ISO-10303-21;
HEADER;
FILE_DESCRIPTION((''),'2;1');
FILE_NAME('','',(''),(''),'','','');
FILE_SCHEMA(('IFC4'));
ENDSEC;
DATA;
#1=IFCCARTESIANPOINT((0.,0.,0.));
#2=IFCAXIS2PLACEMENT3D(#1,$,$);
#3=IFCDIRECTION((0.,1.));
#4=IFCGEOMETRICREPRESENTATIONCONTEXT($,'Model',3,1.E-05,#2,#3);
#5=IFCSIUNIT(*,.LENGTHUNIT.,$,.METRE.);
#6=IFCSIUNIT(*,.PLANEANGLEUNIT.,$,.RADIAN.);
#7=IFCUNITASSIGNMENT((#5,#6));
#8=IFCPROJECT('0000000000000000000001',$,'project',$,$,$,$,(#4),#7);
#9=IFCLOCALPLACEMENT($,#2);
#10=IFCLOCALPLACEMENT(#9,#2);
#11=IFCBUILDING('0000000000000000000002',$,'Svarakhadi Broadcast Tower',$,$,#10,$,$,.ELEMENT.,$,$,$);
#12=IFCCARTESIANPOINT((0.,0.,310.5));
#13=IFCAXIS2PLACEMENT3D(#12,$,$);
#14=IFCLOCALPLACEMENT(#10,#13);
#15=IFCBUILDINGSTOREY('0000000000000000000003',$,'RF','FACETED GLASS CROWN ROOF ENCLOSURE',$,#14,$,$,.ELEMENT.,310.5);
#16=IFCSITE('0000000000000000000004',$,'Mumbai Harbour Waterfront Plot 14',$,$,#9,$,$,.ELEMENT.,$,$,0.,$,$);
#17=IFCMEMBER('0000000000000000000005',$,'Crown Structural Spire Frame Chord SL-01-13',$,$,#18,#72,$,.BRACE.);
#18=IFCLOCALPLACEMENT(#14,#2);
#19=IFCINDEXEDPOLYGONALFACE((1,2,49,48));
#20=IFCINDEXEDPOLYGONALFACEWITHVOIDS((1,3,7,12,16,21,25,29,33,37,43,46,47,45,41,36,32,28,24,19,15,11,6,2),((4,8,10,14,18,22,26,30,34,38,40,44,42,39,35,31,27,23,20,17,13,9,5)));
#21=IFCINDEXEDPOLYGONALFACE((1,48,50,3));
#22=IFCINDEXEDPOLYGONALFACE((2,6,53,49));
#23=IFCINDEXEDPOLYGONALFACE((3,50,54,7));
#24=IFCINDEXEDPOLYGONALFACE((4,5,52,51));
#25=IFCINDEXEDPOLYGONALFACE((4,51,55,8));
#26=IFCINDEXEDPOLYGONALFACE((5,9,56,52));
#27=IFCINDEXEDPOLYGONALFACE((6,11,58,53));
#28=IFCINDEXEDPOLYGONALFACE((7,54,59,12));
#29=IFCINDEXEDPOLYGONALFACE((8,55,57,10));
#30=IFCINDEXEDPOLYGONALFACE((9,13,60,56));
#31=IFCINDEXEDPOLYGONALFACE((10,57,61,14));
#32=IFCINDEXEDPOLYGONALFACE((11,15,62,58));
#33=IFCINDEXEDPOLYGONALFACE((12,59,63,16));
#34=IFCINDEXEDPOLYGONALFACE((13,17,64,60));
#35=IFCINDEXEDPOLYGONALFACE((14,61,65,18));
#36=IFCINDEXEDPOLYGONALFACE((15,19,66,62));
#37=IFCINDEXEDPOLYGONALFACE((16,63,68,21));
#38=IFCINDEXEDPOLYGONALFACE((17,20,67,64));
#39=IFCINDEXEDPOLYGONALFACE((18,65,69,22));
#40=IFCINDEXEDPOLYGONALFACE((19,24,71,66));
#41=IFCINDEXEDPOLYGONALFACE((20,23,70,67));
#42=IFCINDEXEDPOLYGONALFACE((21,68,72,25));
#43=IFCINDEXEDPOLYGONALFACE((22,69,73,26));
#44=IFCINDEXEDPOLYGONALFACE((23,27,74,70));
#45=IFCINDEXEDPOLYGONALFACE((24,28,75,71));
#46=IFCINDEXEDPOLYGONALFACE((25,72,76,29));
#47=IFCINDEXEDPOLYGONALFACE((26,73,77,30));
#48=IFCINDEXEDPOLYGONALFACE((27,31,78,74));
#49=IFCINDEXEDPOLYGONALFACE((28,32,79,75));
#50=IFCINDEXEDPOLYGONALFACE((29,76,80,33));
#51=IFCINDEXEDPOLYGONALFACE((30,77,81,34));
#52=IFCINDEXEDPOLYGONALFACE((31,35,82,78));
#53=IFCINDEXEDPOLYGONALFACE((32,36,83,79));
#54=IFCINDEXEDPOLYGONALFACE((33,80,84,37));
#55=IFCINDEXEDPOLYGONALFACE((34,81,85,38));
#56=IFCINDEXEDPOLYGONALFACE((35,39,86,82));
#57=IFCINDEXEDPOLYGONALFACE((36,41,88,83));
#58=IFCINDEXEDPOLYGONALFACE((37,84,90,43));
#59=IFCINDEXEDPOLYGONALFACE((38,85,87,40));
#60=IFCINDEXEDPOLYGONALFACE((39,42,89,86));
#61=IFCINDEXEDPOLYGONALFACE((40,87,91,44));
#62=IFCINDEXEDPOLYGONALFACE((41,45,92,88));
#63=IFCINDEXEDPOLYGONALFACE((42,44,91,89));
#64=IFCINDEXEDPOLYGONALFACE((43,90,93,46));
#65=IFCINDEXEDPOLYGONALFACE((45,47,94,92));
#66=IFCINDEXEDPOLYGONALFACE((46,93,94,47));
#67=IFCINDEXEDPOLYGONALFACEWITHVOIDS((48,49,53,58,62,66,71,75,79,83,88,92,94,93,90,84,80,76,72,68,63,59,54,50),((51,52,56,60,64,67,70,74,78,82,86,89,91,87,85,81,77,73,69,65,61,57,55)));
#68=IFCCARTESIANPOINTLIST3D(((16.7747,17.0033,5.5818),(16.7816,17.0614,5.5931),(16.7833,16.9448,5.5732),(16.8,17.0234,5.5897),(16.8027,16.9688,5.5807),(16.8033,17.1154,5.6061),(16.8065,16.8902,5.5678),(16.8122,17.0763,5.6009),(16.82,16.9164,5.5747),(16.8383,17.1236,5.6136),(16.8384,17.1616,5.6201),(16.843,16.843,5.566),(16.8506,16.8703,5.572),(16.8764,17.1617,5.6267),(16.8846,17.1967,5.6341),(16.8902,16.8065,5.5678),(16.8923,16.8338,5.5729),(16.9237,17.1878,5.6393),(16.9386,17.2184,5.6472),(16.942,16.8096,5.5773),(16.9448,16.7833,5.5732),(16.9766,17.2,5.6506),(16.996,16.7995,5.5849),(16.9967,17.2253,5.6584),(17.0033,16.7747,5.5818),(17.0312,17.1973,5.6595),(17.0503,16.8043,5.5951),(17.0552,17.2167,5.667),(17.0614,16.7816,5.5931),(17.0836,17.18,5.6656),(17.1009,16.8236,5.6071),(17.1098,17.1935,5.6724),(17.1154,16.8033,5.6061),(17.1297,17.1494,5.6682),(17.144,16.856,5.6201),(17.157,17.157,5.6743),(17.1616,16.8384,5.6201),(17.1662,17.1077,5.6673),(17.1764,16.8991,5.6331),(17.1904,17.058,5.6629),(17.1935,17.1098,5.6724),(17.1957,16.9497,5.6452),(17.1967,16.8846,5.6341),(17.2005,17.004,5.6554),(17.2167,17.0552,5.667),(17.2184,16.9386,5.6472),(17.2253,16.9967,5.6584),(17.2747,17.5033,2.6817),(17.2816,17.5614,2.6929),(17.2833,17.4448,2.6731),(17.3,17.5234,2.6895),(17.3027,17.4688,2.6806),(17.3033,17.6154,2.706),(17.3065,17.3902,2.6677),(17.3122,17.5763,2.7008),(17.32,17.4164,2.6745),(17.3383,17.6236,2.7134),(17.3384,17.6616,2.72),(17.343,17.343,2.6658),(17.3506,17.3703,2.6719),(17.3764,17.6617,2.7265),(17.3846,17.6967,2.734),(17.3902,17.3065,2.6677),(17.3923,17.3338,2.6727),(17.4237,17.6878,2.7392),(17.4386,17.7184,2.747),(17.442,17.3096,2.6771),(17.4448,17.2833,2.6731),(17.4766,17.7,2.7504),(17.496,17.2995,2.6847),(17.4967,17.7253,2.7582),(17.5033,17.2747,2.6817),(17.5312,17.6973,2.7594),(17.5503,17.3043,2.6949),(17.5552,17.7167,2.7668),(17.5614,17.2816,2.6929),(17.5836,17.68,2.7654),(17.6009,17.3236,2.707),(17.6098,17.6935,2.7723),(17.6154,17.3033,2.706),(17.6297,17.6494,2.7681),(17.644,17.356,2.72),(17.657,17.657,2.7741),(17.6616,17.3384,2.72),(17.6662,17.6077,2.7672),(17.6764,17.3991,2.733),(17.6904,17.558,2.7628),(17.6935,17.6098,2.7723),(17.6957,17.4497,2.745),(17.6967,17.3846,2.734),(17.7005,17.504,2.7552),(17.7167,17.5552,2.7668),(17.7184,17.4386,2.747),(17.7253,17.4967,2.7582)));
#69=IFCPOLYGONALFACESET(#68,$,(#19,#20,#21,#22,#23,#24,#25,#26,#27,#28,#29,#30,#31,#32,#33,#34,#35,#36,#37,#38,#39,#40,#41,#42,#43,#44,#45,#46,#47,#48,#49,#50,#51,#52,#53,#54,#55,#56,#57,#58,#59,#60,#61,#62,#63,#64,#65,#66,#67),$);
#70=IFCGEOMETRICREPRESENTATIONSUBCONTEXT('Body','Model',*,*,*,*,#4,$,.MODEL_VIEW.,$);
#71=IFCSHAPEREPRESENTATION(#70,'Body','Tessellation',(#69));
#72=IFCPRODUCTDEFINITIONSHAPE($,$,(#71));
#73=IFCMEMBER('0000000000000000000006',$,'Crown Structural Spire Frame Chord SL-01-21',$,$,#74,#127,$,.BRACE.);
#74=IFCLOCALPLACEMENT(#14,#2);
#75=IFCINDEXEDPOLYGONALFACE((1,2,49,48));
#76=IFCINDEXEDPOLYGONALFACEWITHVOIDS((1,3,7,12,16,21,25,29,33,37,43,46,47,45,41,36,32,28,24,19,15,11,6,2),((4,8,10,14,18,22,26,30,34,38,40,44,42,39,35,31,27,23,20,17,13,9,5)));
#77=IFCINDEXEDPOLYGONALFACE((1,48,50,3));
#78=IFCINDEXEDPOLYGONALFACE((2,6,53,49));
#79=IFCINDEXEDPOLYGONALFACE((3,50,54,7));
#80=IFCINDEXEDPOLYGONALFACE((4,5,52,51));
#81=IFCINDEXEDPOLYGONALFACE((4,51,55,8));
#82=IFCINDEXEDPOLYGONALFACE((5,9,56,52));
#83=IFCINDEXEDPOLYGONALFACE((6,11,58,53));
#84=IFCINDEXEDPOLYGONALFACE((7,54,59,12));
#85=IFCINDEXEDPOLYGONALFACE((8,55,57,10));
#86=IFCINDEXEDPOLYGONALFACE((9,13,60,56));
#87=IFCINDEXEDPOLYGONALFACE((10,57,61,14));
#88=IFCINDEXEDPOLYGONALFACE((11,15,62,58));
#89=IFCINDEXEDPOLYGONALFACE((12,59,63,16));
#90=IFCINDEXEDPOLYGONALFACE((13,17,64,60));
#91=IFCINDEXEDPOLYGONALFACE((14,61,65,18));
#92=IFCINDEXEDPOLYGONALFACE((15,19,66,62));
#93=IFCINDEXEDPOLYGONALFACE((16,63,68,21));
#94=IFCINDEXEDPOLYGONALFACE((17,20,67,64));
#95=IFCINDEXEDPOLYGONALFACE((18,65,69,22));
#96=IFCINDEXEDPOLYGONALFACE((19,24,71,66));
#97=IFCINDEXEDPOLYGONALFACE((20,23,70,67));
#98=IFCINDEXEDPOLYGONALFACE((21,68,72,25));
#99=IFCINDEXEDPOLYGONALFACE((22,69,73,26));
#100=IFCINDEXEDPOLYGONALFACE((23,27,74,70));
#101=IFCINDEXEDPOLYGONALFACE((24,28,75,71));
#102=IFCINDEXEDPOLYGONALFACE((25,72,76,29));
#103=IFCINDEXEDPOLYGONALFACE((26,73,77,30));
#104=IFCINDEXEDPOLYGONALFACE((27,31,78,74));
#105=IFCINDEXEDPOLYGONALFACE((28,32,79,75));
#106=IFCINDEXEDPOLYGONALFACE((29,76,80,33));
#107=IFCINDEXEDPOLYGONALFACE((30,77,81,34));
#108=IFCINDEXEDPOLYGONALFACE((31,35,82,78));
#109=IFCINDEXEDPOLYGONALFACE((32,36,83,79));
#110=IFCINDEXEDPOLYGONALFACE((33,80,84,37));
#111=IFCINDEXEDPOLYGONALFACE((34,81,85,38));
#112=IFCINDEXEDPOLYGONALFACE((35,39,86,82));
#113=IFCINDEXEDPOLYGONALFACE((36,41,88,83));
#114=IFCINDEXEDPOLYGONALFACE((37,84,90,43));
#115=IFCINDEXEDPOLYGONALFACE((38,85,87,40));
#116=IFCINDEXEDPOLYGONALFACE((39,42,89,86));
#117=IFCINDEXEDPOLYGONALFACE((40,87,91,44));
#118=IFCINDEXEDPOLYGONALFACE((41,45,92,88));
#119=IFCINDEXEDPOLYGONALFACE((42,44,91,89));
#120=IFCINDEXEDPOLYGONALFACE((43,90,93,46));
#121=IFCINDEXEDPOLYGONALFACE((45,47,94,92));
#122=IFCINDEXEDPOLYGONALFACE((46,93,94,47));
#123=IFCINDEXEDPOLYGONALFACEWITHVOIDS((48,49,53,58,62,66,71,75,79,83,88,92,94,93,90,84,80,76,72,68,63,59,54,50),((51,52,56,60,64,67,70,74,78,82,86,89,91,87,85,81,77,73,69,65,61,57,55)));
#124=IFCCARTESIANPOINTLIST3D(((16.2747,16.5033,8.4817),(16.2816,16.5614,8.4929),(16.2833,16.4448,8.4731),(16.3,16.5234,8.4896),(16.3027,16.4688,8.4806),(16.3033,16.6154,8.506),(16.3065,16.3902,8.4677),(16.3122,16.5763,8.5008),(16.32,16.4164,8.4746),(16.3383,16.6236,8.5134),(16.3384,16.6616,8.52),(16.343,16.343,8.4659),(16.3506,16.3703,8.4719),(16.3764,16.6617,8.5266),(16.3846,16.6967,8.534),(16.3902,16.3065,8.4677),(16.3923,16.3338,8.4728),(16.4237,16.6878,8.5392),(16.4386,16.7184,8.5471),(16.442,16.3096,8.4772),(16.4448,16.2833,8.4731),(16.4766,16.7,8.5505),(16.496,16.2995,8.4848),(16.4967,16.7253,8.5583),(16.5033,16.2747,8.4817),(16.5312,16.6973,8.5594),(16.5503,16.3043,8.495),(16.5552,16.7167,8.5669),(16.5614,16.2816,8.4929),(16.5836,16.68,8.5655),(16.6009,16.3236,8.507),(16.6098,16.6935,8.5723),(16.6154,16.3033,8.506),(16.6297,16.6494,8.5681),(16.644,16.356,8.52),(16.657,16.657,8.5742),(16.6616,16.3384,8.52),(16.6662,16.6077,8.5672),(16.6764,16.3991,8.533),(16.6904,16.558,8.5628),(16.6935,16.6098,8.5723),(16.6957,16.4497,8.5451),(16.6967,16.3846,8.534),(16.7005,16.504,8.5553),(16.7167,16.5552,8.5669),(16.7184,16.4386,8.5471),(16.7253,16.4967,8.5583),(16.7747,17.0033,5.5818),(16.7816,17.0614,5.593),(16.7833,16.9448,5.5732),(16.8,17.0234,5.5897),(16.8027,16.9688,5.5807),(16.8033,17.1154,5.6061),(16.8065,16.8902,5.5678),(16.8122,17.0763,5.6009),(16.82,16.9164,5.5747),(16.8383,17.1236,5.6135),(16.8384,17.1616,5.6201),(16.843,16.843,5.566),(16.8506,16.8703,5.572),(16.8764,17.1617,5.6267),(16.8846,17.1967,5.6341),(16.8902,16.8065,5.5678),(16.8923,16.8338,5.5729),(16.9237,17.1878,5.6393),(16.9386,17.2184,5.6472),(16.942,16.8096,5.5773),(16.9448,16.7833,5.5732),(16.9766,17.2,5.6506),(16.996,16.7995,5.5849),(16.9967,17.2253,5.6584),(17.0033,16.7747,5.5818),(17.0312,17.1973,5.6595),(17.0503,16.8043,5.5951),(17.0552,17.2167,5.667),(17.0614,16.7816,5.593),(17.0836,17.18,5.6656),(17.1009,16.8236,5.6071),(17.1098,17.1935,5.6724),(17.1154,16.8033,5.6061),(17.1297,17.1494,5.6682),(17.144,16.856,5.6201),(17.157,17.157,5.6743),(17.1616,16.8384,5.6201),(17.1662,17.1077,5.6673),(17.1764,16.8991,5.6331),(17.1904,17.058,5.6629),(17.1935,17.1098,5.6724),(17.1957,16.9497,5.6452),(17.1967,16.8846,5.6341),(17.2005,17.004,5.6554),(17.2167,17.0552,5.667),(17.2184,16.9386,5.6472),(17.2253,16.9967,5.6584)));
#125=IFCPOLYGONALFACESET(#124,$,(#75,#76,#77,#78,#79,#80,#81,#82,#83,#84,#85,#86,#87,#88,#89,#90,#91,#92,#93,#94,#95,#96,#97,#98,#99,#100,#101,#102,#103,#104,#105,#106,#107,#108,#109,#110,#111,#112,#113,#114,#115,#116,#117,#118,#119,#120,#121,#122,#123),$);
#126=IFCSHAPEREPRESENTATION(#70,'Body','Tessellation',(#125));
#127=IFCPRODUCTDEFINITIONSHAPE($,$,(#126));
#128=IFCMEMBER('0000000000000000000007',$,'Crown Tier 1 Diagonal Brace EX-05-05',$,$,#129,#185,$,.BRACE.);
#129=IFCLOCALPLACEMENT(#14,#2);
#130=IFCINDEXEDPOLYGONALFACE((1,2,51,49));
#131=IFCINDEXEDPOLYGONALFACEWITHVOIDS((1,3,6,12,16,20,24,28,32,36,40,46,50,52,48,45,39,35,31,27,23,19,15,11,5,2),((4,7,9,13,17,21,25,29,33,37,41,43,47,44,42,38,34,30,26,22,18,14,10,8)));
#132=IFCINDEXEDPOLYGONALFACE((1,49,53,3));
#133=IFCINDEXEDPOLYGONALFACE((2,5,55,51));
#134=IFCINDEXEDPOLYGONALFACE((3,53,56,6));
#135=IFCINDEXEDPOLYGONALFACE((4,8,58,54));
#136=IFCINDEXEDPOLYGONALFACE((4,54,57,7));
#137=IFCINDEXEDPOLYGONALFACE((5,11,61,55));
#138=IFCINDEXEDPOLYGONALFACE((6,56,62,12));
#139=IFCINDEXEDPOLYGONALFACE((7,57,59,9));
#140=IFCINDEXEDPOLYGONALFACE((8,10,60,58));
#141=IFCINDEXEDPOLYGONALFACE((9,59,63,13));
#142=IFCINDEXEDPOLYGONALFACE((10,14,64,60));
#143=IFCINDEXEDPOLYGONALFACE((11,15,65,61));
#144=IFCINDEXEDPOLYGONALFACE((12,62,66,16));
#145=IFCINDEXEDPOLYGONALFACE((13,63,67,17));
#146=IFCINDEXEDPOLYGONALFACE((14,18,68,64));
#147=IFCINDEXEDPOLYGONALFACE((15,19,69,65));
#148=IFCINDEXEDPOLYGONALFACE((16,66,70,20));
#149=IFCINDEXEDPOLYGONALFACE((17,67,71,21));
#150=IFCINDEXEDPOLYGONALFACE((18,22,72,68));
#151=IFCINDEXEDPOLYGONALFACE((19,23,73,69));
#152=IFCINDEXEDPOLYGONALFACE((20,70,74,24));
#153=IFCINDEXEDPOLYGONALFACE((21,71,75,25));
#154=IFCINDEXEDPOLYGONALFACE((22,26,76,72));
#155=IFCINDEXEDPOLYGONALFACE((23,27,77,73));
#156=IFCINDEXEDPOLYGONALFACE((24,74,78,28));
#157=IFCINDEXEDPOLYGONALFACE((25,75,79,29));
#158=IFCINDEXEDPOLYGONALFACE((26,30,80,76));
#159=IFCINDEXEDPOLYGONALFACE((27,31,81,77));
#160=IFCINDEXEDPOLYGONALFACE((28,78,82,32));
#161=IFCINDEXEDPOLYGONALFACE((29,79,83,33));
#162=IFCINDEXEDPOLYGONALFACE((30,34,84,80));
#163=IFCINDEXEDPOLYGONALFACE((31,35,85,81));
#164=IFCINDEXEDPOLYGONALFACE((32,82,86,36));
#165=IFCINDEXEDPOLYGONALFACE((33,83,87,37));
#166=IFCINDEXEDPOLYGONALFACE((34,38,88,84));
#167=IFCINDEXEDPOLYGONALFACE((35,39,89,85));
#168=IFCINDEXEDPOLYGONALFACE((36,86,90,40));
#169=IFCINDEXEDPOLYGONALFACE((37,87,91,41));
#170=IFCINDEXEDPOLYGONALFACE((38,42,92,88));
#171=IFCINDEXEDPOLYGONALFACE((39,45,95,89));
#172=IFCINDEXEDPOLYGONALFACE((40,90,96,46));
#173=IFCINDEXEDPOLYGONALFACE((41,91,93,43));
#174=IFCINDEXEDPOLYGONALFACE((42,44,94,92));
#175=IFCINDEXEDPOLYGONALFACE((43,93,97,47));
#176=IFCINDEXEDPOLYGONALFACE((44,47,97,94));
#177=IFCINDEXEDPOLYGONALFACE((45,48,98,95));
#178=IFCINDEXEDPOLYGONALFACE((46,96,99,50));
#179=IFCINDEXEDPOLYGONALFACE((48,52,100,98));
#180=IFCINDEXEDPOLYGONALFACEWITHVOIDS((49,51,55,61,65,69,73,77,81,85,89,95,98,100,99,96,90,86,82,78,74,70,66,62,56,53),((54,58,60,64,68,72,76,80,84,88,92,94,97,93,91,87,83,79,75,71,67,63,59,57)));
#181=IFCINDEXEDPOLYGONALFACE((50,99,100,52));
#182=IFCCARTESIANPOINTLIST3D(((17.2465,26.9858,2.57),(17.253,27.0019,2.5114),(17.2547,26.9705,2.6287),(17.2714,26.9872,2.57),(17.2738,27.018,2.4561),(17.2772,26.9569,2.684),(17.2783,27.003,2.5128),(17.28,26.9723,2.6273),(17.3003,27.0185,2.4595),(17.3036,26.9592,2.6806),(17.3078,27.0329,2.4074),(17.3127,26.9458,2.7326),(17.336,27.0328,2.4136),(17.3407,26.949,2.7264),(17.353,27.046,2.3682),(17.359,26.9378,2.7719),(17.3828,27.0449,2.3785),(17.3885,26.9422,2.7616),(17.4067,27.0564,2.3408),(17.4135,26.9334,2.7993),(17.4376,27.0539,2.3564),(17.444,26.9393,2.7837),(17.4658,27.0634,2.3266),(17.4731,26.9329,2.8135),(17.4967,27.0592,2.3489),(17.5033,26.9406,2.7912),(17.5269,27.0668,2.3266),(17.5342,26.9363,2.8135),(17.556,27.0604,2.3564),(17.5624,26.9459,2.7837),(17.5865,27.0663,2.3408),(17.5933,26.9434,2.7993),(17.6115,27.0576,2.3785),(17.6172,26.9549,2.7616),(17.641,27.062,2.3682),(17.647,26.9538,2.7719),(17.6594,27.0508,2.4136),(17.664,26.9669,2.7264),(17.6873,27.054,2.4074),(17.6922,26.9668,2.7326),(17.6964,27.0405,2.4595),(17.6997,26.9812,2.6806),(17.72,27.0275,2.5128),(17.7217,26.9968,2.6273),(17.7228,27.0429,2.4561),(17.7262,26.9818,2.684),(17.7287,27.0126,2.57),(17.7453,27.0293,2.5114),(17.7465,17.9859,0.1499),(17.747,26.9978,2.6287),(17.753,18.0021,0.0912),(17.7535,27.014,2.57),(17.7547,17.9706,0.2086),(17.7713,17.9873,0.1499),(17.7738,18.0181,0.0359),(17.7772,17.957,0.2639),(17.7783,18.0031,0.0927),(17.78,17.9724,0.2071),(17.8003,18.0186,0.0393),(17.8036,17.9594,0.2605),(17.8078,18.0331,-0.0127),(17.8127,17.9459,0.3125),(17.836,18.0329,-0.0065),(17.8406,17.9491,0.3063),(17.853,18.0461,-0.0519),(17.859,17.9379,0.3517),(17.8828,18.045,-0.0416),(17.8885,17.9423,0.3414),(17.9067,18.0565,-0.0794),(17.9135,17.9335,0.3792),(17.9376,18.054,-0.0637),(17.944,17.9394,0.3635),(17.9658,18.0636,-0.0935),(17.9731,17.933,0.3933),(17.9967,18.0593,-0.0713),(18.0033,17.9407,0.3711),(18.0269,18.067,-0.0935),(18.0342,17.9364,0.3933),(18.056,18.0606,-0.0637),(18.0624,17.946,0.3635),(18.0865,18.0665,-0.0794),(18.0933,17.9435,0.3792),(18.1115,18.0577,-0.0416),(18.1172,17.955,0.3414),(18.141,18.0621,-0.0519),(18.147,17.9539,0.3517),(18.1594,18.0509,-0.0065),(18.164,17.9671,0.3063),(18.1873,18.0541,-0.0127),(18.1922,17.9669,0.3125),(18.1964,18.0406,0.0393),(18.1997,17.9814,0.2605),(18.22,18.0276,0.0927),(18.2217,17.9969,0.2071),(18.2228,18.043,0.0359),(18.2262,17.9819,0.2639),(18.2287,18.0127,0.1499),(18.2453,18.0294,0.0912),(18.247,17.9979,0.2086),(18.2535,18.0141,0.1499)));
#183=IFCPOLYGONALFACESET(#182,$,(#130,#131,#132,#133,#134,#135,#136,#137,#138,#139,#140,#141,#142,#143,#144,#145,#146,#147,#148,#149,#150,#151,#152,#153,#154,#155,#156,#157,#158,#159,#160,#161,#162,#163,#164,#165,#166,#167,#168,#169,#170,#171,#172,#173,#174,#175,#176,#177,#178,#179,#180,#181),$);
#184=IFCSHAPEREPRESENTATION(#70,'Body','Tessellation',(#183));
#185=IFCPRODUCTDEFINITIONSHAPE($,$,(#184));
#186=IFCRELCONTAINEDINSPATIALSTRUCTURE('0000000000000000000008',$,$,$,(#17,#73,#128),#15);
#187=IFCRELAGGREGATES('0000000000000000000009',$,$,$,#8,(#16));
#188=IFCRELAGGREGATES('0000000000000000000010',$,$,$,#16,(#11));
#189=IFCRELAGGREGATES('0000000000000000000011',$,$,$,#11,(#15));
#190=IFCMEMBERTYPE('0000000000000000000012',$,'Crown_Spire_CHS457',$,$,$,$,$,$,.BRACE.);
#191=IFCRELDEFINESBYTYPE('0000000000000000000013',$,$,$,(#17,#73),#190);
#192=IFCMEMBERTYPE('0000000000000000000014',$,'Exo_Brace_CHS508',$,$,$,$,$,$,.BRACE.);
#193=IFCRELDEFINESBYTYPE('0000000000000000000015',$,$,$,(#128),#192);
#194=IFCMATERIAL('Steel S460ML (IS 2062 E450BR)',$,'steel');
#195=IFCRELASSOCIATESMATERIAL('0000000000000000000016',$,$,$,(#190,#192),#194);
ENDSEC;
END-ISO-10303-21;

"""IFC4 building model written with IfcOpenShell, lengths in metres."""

from ifc_helpers import new_model, si_unit, direction, frame, origin, origin_2d, place, context, subcontext, project, spatial, hollow_circle, extrude, material, material_profile, profile_set, type_object, element, save


model = new_model("IFC4")

# Units and contexts
model_context = context("Model", 3, precision=1e-05, world=origin(), true_north=direction((0.0, 1.0)))
body_context = subcontext(model_context, "Body", "Model", "MODEL_VIEW")
ifc_project = project(units=[si_unit("LENGTHUNIT", "METRE"), si_unit("PLANEANGLEUNIT", "RADIAN")], contexts=[model_context])

# Site, building, storey
site_placement = place(None, origin())
site = spatial("IfcSite", under=ifc_project, at=site_placement, Name="Mumbai Harbour Waterfront Plot 14", CompositionType="ELEMENT", RefElevation=0.0)
building_placement = place(site_placement, origin())
building = spatial("IfcBuilding", under=site, at=building_placement, Name="Svarakhadi Broadcast Tower", CompositionType="ELEMENT")
storey_placement = place(building_placement, frame((0.0, 0.0, 310.5)))
storey = spatial("IfcBuildingStorey", under=building, at=storey_placement, Name="RF", Description="FACETED GLASS CROWN ROOF ENCLOSURE", CompositionType="ELEMENT", Elevation=310.5)

# Members
ifc_material_1 = material(Name="Steel S460ML (IS 2062 E450BR)", Category="steel")
ifc_material_profile_1 = material_profile(ifc_material_1, hollow_circle(Radius=0.2285, WallThickness=0.0249, at=origin_2d()), Name="CHS 457x25")
ifc_profile_set_1 = profile_set([ifc_material_profile_1], Name="Steel S460ML (IS 2062 E450BR)")
member_type_1 = type_object("IfcMemberType", Name="Crown_Spire_CHS457", PredefinedType="BRACE", material=ifc_profile_set_1)
member_1_placement = place(storey_placement, frame((17.5, 17.5, 2.72), z_axis=(-0.167498, -0.167498, 0.971539), x_axis=(0.707107, -0.707107, 0.0)))
element("IfcMember", 1, at=member_1_placement, inside=storey, type_object=member_type_1, Name="Crown Structural Spire Frame Chord SL-01-13", PredefinedType="BRACE", context=body_context, shape_type="SweptSolid", body=[
    extrude(hollow_circle(Radius=0.2285, WallThickness=0.0249, at=origin_2d()), origin(), (0.0, 0.0, 1.0), 2.9851),
])
member_2_placement = place(storey_placement, frame((17.0, 17.0, 5.6201), z_axis=(-0.167512, -0.167512, 0.971535), x_axis=(0.707107, -0.707107, 0.0)))
element("IfcMember", 2, at=member_2_placement, inside=storey, type_object=member_type_1, Name="Crown Structural Spire Frame Chord SL-01-21", PredefinedType="BRACE", context=body_context, shape_type="SweptSolid", body=[
    extrude(hollow_circle(Radius=0.2285, WallThickness=0.0249, at=origin_2d()), origin(), (0.0, 0.0, 1.0), 2.9849),
])
ifc_material_profile_2 = material_profile(ifc_material_1, hollow_circle(Radius=0.2539, WallThickness=0.0249, at=origin_2d()), Name="CHS 508x25")
ifc_profile_set_2 = profile_set([ifc_material_profile_2], Name="Steel S460ML (IS 2062 E450BR)")
member_type_2 = type_object("IfcMemberType", Name="Exo_Brace_CHS508", PredefinedType="BRACE", material=ifc_profile_set_2)
member_3_placement = place(storey_placement, frame((18.0, 18.0, 0.1499), z_axis=(-0.053573, 0.964307, 0.259309), x_axis=(-0.99846, -0.05547, 0.0)))
element("IfcMember", 3, at=member_3_placement, inside=storey, type_object=member_type_2, Name="Crown Tier 1 Diagonal Brace EX-05-05", PredefinedType="BRACE", context=body_context, shape_type="SweptSolid", body=[
    extrude(hollow_circle(Radius=0.2539, WallThickness=0.0249, at=origin_2d()), origin(), (0.0, 0.0, 1.0), 9.333),
])

save(model, "model.ifc")
